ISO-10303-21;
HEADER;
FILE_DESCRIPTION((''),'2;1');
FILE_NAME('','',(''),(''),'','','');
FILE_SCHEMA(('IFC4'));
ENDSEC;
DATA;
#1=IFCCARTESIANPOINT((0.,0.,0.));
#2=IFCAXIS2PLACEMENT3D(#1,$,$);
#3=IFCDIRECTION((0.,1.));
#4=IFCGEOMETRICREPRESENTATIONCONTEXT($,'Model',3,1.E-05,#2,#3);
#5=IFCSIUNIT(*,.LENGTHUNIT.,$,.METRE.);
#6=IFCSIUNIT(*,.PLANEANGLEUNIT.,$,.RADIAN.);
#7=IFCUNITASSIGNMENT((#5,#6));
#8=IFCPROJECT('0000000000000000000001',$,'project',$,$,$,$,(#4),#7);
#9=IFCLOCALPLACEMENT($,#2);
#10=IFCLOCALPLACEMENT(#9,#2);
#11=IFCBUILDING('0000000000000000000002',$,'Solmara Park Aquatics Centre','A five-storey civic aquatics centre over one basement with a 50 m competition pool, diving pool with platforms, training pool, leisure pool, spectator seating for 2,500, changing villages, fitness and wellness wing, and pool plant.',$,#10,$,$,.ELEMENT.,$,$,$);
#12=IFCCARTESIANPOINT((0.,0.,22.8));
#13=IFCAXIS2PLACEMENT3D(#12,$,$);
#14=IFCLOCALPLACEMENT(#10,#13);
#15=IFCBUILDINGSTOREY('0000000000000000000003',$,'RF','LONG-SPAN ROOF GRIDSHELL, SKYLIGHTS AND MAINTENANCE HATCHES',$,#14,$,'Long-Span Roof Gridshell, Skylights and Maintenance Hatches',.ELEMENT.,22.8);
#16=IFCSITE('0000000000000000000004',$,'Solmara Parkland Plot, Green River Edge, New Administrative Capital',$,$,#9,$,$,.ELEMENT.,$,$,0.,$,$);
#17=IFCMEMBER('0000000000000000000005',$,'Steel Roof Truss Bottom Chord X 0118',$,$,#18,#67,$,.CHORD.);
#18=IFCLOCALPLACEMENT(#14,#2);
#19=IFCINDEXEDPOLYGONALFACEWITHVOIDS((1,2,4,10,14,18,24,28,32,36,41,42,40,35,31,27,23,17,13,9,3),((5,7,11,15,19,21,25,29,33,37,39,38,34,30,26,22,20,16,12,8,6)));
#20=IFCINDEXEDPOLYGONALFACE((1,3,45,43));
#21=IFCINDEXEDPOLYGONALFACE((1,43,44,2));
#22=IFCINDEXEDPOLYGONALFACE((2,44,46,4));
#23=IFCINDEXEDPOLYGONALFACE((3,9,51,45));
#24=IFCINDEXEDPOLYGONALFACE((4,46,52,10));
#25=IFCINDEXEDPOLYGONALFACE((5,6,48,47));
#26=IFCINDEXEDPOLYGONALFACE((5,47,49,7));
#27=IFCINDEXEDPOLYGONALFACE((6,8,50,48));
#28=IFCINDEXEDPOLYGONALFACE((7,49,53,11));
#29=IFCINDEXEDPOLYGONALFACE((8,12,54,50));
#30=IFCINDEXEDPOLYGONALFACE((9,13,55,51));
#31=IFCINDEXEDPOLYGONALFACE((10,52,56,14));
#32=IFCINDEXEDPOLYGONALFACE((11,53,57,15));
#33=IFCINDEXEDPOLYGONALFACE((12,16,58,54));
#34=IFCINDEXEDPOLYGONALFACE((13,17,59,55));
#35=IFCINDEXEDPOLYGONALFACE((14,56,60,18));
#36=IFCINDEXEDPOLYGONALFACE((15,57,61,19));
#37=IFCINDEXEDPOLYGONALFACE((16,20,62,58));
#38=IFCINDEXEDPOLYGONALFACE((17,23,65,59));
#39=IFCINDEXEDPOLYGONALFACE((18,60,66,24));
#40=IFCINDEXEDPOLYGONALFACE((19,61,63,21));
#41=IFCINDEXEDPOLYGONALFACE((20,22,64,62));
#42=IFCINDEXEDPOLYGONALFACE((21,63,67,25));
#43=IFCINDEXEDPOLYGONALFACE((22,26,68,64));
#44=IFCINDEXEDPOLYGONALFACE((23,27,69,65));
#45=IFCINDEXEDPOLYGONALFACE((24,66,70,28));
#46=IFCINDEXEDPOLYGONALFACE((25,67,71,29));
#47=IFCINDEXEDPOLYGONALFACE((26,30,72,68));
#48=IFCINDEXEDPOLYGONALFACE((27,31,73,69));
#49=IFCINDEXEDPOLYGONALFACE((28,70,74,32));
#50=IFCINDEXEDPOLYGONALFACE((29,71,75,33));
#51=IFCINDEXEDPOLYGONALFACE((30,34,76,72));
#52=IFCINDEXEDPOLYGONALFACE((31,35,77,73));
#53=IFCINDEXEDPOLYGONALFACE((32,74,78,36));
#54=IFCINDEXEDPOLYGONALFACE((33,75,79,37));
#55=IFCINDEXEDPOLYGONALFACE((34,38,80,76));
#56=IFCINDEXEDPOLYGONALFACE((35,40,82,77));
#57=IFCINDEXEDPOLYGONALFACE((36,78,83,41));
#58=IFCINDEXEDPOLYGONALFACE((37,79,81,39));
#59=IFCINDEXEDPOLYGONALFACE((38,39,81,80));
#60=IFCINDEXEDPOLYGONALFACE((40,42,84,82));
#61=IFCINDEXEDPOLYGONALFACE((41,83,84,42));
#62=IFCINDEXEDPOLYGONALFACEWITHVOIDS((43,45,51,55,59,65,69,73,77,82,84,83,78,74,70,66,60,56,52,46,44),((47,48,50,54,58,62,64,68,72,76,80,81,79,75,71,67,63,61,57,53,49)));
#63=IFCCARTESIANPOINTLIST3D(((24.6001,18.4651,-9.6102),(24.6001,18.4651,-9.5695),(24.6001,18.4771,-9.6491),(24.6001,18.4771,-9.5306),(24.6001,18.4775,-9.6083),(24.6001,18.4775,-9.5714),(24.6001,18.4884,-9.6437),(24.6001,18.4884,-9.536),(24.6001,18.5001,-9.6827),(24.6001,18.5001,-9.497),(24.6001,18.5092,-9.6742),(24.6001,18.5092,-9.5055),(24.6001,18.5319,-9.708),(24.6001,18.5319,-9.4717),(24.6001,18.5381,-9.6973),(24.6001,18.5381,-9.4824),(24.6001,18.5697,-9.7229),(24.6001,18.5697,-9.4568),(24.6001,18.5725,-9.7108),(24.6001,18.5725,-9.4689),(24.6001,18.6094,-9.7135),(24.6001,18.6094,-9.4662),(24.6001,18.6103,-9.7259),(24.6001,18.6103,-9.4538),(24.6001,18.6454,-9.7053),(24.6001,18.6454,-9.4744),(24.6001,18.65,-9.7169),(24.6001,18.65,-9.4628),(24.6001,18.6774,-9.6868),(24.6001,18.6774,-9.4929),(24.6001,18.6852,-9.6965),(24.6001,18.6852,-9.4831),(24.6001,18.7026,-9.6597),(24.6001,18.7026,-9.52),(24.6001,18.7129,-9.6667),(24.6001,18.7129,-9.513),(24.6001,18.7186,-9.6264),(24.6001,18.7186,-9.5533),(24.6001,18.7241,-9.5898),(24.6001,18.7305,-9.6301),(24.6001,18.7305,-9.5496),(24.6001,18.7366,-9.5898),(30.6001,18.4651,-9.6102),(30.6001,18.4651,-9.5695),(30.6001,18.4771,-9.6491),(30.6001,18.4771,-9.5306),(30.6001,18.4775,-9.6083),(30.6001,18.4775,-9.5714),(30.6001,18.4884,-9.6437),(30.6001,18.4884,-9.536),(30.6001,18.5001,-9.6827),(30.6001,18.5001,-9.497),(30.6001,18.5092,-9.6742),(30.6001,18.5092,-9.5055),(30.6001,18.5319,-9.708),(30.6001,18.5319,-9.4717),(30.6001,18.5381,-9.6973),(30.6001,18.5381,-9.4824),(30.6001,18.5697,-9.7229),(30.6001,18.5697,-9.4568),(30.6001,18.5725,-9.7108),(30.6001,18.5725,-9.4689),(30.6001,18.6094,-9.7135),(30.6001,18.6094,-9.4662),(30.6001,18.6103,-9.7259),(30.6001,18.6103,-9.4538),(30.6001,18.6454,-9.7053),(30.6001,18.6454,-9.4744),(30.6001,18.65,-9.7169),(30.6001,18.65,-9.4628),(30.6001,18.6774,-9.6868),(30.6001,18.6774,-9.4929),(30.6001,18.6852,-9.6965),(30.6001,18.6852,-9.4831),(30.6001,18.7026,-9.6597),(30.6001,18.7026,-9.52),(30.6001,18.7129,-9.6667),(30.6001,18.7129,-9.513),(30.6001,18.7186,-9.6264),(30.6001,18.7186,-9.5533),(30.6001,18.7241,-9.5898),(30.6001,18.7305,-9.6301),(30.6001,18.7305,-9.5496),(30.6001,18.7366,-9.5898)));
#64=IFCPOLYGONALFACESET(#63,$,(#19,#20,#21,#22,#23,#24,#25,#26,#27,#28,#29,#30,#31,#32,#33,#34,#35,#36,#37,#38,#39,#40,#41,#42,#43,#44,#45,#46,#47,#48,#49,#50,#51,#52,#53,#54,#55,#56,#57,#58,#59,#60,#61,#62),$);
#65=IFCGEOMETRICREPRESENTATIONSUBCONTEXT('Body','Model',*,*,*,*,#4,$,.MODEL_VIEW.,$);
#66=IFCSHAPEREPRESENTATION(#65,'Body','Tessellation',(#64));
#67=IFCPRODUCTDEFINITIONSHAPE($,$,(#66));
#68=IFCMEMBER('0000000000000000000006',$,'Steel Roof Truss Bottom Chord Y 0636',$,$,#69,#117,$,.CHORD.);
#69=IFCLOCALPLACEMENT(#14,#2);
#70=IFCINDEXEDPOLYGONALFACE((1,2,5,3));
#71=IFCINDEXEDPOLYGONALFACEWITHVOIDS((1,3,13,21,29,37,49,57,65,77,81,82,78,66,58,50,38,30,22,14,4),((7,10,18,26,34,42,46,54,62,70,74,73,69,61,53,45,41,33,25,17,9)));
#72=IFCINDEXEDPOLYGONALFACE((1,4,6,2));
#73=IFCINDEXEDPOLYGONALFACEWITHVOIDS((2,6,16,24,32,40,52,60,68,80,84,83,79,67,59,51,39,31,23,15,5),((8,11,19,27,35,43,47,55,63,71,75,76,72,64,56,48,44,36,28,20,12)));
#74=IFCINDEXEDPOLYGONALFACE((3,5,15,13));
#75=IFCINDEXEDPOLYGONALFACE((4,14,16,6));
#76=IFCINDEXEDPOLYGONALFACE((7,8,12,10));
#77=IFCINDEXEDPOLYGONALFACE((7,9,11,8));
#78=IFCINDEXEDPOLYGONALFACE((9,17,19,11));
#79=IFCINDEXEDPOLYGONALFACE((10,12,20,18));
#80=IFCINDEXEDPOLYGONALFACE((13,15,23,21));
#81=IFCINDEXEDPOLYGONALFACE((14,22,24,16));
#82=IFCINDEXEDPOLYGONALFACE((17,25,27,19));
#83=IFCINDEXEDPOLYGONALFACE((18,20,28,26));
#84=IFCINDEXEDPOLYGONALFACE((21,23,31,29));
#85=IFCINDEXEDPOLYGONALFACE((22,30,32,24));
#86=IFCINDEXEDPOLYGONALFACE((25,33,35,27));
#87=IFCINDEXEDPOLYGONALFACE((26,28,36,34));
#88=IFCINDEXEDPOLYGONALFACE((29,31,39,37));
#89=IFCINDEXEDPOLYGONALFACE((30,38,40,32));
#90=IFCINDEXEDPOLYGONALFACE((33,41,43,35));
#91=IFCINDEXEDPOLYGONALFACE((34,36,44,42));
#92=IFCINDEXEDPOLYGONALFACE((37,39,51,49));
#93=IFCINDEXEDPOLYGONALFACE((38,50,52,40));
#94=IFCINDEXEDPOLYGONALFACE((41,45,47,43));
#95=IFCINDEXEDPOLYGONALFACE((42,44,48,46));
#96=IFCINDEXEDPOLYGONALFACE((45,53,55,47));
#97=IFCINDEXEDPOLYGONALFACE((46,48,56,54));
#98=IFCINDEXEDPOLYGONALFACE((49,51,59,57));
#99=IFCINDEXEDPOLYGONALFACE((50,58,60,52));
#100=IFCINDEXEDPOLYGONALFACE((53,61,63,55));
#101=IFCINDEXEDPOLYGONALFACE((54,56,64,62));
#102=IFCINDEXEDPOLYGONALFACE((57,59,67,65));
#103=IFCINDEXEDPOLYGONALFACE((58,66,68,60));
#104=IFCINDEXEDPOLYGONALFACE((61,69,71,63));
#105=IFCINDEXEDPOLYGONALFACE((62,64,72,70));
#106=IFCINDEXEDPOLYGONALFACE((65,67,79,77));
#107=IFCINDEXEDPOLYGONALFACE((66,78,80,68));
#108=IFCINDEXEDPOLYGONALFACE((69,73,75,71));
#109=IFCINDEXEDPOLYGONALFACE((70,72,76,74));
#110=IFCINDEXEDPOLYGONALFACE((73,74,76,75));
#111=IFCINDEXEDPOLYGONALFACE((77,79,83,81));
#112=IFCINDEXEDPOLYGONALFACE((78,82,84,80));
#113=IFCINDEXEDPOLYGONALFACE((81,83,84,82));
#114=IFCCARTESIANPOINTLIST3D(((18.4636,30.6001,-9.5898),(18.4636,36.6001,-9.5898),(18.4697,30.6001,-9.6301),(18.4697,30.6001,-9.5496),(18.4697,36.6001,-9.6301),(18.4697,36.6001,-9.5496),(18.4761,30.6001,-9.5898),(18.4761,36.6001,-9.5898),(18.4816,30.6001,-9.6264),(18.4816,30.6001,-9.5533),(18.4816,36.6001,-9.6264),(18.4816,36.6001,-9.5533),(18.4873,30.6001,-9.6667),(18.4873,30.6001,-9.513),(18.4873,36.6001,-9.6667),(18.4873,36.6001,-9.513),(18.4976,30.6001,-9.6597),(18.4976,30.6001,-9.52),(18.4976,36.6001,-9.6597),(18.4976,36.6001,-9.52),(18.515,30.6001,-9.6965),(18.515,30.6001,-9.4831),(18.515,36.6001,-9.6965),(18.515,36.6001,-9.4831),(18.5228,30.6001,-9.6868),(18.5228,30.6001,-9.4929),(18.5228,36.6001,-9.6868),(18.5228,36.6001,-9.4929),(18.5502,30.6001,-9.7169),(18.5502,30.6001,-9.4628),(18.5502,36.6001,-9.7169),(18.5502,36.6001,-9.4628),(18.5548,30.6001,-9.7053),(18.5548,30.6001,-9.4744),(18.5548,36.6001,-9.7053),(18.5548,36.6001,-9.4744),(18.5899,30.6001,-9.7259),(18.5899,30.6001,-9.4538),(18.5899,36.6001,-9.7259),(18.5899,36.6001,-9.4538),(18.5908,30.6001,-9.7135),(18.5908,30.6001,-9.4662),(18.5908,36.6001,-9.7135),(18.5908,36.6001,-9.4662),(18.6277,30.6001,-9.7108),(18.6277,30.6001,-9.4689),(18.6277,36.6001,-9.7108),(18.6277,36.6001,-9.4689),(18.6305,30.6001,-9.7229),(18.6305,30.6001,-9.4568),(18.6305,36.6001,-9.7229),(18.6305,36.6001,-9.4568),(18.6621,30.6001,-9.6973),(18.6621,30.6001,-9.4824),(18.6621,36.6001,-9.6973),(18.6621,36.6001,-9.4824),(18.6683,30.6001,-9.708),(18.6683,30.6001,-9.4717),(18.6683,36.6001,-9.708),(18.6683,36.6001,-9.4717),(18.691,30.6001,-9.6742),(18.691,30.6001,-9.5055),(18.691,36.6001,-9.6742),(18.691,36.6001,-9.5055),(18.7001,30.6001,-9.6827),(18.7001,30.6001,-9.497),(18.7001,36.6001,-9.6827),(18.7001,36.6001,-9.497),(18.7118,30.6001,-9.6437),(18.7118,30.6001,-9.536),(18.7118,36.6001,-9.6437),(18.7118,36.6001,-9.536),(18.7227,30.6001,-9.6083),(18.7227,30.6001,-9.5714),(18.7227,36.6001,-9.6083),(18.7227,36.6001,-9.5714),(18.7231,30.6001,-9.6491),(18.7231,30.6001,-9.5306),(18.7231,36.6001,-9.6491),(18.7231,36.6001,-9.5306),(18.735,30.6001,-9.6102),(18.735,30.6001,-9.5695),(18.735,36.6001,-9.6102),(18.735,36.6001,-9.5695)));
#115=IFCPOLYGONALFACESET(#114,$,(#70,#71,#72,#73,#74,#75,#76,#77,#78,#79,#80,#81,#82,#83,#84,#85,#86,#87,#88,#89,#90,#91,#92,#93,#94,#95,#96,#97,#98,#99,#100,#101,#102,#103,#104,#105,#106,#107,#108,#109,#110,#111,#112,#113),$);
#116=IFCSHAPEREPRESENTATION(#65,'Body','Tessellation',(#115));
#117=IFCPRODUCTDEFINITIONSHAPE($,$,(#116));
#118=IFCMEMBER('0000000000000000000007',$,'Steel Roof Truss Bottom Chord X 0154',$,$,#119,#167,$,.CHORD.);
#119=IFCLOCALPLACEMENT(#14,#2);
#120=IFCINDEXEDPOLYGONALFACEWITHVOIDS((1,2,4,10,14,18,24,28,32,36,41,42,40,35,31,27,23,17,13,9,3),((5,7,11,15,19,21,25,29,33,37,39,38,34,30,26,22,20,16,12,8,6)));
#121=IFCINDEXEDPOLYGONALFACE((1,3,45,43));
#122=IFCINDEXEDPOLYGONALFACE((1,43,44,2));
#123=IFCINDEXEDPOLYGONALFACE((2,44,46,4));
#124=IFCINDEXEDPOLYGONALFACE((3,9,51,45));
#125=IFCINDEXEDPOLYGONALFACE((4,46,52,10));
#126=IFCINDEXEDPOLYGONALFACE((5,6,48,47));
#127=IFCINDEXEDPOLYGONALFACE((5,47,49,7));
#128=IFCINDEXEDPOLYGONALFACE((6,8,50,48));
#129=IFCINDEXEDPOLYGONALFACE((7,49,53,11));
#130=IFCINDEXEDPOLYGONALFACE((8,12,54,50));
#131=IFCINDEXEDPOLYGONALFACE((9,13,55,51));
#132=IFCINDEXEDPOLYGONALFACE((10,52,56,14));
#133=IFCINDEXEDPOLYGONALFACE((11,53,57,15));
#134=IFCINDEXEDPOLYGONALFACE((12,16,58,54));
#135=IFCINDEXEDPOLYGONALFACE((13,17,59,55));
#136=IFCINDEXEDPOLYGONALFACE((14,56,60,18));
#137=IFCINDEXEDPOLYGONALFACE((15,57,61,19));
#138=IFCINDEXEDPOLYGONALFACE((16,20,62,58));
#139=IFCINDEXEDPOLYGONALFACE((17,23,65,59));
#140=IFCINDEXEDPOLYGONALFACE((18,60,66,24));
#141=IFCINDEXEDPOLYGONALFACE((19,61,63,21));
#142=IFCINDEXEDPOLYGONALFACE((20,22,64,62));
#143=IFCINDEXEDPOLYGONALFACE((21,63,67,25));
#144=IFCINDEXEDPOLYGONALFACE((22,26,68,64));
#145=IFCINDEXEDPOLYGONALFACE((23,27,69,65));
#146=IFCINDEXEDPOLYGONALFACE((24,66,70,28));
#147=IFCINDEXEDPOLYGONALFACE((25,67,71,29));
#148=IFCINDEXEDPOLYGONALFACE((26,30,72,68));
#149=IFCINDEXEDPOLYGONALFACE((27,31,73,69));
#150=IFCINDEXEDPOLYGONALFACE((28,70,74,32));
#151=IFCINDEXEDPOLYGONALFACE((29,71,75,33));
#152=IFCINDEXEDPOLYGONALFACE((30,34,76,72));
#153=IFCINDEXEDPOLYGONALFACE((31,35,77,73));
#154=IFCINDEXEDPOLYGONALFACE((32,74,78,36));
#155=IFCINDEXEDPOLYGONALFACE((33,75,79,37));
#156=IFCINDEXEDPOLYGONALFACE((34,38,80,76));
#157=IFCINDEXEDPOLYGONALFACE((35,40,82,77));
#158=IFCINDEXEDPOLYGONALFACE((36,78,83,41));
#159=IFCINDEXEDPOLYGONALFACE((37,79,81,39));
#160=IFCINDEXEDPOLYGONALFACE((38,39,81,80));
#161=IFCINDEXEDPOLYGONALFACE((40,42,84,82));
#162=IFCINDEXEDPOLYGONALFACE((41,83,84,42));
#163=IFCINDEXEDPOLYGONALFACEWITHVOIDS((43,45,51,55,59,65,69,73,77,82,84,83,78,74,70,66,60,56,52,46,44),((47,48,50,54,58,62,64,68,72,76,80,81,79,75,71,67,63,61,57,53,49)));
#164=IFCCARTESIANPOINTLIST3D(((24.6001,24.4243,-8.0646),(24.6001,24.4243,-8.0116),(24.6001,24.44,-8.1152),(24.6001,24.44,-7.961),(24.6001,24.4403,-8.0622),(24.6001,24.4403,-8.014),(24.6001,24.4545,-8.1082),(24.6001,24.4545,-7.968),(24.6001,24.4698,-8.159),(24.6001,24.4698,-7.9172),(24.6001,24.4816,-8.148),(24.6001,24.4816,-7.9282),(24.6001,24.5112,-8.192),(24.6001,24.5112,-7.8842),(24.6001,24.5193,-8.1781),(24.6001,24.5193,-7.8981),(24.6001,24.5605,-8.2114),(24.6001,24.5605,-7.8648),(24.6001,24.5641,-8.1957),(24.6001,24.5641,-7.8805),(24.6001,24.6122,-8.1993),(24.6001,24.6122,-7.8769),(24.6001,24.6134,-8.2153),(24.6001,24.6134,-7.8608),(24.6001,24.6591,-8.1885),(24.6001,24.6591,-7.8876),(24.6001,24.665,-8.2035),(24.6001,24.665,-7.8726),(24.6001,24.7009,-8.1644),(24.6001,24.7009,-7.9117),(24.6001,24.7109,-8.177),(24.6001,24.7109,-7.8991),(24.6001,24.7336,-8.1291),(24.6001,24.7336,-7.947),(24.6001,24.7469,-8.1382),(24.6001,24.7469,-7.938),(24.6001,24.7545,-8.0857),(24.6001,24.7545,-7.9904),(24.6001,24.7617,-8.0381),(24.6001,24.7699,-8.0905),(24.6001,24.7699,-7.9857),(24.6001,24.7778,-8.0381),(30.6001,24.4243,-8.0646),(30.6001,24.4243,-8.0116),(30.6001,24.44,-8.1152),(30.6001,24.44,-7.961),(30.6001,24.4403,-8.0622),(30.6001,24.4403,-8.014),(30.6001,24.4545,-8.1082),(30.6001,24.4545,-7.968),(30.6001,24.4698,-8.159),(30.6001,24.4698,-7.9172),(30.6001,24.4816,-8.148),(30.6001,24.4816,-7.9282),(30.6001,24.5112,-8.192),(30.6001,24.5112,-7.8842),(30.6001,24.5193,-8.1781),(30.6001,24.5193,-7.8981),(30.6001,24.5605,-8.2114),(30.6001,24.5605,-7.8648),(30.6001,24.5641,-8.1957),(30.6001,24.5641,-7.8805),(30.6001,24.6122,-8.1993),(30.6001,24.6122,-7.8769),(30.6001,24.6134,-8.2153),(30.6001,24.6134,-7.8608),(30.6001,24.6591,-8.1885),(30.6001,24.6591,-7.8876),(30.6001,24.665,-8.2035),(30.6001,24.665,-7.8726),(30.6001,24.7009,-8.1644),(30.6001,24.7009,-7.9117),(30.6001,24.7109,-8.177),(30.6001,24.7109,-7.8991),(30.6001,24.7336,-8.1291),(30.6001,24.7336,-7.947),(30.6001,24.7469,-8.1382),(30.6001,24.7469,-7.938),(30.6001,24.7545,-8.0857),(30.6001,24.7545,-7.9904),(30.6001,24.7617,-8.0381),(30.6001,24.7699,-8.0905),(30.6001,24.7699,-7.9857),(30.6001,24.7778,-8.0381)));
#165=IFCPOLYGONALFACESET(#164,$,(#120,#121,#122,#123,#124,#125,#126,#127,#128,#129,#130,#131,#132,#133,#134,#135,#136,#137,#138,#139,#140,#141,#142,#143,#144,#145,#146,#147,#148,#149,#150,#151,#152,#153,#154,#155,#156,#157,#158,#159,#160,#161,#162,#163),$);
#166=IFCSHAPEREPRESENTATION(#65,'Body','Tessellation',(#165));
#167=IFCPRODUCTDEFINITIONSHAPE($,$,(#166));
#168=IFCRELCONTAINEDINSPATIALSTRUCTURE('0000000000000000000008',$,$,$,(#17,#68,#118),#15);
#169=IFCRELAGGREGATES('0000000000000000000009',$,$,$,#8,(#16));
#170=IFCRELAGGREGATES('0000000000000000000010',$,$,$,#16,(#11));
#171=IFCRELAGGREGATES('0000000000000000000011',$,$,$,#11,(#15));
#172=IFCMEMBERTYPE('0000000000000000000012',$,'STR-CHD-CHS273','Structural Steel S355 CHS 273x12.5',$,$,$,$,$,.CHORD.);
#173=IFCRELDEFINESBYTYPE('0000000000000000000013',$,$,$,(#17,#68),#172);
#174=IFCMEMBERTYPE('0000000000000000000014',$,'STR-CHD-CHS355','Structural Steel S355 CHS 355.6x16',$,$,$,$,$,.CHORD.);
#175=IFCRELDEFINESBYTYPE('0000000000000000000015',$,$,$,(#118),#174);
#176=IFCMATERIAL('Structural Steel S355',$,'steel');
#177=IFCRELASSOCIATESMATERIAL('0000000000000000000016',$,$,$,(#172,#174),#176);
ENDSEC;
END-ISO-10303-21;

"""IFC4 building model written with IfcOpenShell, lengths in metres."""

from ifc_helpers import new_model, si_unit, direction, frame, origin, origin_2d, place, context, subcontext, project, spatial, hollow_circle, extrude, material, material_profile, profile_set, type_object, element, save


model = new_model("IFC4")

# Units and contexts
model_context = context("Model", 3, precision=1e-05, world=origin(), true_north=direction((0.0, 1.0)))
body_context = subcontext(model_context, "Body", "Model", "MODEL_VIEW")
ifc_project = project(units=[si_unit("LENGTHUNIT", "METRE"), si_unit("PLANEANGLEUNIT", "RADIAN")], contexts=[model_context])

# Site, building, storey
site_placement = place(None, origin())
site = spatial("IfcSite", under=ifc_project, at=site_placement, Name="Solmara Parkland Plot, Green River Edge, New Administrative Capital", CompositionType="ELEMENT", RefElevation=0.0)
building_placement = place(site_placement, origin())
building = spatial("IfcBuilding", under=site, at=building_placement, Name="Solmara Park Aquatics Centre", Description="A five-storey civic aquatics centre over one basement with a 50 m competition pool, diving pool with platforms, training pool, leisure pool, spectator seating for 2,500, changing villages, fitness and wellness wing, and pool plant.", CompositionType="ELEMENT")
storey_placement = place(building_placement, frame((0.0, 0.0, 22.8)))
storey = spatial("IfcBuildingStorey", under=building, at=storey_placement, Name="RF", Description="LONG-SPAN ROOF GRIDSHELL, SKYLIGHTS AND MAINTENANCE HATCHES", LongName="Long-Span Roof Gridshell, Skylights and Maintenance Hatches", CompositionType="ELEMENT", Elevation=22.8)

# Members
ifc_material_1 = material(Name="Structural Steel S355", Category="steel")
ifc_material_profile_1 = material_profile(ifc_material_1, hollow_circle(Radius=0.1365, WallThickness=0.0125, at=origin_2d()), Name="CHS 273x12.5")
ifc_profile_set_1 = profile_set([ifc_material_profile_1], Name="Structural Steel S355")
member_type_1 = type_object("IfcMemberType", Name="STR-CHD-CHS273", Description="Structural Steel S355 CHS 273x12.5", PredefinedType="CHORD", material=ifc_profile_set_1)
for number, where, z_axis, x_axis, name in (
    (1, (24.6001, 18.6001, -9.5898), (1.0, 0.0, 0.0), (0.0, 1.0, 0.0), "Steel Roof Truss Bottom Chord X 0118"),
    (2, (18.6001, 30.6001, -9.5898), (0.0, 1.0, 0.0), (-1.0, 0.0, 0.0), "Steel Roof Truss Bottom Chord Y 0636"),
):
    element("IfcMember", number, at=place(storey_placement, frame(where, z_axis=z_axis, x_axis=x_axis)), inside=storey, type_object=member_type_1, Name=name, PredefinedType="CHORD", context=body_context, shape_type="SweptSolid", body=[
        extrude(hollow_circle(Radius=0.1365, WallThickness=0.0125, at=origin_2d()), origin(), (0.0, 0.0, 1.0), 6.0),
    ])
ifc_material_profile_2 = material_profile(ifc_material_1, hollow_circle(Radius=0.1777, WallThickness=0.0161, at=origin_2d()), Name="CHS 355.6x16")
ifc_profile_set_2 = profile_set([ifc_material_profile_2], Name="Structural Steel S355")
member_type_2 = type_object("IfcMemberType", Name="STR-CHD-CHS355", Description="Structural Steel S355 CHS 355.6x16", PredefinedType="CHORD", material=ifc_profile_set_2)
member_1_placement = place(storey_placement, frame((24.6001, 24.6001, -8.0381), z_axis=(1.0, 0.0, 0.0), x_axis=(0.0, 1.0, 0.0)))
element("IfcMember", 3, at=member_1_placement, inside=storey, type_object=member_type_2, Name="Steel Roof Truss Bottom Chord X 0154", PredefinedType="CHORD", context=body_context, shape_type="SweptSolid", body=[
    extrude(hollow_circle(Radius=0.1777, WallThickness=0.0161, at=origin_2d()), origin(), (0.0, 0.0, 1.0), 6.0),
])

save(model, "model.ifc")
